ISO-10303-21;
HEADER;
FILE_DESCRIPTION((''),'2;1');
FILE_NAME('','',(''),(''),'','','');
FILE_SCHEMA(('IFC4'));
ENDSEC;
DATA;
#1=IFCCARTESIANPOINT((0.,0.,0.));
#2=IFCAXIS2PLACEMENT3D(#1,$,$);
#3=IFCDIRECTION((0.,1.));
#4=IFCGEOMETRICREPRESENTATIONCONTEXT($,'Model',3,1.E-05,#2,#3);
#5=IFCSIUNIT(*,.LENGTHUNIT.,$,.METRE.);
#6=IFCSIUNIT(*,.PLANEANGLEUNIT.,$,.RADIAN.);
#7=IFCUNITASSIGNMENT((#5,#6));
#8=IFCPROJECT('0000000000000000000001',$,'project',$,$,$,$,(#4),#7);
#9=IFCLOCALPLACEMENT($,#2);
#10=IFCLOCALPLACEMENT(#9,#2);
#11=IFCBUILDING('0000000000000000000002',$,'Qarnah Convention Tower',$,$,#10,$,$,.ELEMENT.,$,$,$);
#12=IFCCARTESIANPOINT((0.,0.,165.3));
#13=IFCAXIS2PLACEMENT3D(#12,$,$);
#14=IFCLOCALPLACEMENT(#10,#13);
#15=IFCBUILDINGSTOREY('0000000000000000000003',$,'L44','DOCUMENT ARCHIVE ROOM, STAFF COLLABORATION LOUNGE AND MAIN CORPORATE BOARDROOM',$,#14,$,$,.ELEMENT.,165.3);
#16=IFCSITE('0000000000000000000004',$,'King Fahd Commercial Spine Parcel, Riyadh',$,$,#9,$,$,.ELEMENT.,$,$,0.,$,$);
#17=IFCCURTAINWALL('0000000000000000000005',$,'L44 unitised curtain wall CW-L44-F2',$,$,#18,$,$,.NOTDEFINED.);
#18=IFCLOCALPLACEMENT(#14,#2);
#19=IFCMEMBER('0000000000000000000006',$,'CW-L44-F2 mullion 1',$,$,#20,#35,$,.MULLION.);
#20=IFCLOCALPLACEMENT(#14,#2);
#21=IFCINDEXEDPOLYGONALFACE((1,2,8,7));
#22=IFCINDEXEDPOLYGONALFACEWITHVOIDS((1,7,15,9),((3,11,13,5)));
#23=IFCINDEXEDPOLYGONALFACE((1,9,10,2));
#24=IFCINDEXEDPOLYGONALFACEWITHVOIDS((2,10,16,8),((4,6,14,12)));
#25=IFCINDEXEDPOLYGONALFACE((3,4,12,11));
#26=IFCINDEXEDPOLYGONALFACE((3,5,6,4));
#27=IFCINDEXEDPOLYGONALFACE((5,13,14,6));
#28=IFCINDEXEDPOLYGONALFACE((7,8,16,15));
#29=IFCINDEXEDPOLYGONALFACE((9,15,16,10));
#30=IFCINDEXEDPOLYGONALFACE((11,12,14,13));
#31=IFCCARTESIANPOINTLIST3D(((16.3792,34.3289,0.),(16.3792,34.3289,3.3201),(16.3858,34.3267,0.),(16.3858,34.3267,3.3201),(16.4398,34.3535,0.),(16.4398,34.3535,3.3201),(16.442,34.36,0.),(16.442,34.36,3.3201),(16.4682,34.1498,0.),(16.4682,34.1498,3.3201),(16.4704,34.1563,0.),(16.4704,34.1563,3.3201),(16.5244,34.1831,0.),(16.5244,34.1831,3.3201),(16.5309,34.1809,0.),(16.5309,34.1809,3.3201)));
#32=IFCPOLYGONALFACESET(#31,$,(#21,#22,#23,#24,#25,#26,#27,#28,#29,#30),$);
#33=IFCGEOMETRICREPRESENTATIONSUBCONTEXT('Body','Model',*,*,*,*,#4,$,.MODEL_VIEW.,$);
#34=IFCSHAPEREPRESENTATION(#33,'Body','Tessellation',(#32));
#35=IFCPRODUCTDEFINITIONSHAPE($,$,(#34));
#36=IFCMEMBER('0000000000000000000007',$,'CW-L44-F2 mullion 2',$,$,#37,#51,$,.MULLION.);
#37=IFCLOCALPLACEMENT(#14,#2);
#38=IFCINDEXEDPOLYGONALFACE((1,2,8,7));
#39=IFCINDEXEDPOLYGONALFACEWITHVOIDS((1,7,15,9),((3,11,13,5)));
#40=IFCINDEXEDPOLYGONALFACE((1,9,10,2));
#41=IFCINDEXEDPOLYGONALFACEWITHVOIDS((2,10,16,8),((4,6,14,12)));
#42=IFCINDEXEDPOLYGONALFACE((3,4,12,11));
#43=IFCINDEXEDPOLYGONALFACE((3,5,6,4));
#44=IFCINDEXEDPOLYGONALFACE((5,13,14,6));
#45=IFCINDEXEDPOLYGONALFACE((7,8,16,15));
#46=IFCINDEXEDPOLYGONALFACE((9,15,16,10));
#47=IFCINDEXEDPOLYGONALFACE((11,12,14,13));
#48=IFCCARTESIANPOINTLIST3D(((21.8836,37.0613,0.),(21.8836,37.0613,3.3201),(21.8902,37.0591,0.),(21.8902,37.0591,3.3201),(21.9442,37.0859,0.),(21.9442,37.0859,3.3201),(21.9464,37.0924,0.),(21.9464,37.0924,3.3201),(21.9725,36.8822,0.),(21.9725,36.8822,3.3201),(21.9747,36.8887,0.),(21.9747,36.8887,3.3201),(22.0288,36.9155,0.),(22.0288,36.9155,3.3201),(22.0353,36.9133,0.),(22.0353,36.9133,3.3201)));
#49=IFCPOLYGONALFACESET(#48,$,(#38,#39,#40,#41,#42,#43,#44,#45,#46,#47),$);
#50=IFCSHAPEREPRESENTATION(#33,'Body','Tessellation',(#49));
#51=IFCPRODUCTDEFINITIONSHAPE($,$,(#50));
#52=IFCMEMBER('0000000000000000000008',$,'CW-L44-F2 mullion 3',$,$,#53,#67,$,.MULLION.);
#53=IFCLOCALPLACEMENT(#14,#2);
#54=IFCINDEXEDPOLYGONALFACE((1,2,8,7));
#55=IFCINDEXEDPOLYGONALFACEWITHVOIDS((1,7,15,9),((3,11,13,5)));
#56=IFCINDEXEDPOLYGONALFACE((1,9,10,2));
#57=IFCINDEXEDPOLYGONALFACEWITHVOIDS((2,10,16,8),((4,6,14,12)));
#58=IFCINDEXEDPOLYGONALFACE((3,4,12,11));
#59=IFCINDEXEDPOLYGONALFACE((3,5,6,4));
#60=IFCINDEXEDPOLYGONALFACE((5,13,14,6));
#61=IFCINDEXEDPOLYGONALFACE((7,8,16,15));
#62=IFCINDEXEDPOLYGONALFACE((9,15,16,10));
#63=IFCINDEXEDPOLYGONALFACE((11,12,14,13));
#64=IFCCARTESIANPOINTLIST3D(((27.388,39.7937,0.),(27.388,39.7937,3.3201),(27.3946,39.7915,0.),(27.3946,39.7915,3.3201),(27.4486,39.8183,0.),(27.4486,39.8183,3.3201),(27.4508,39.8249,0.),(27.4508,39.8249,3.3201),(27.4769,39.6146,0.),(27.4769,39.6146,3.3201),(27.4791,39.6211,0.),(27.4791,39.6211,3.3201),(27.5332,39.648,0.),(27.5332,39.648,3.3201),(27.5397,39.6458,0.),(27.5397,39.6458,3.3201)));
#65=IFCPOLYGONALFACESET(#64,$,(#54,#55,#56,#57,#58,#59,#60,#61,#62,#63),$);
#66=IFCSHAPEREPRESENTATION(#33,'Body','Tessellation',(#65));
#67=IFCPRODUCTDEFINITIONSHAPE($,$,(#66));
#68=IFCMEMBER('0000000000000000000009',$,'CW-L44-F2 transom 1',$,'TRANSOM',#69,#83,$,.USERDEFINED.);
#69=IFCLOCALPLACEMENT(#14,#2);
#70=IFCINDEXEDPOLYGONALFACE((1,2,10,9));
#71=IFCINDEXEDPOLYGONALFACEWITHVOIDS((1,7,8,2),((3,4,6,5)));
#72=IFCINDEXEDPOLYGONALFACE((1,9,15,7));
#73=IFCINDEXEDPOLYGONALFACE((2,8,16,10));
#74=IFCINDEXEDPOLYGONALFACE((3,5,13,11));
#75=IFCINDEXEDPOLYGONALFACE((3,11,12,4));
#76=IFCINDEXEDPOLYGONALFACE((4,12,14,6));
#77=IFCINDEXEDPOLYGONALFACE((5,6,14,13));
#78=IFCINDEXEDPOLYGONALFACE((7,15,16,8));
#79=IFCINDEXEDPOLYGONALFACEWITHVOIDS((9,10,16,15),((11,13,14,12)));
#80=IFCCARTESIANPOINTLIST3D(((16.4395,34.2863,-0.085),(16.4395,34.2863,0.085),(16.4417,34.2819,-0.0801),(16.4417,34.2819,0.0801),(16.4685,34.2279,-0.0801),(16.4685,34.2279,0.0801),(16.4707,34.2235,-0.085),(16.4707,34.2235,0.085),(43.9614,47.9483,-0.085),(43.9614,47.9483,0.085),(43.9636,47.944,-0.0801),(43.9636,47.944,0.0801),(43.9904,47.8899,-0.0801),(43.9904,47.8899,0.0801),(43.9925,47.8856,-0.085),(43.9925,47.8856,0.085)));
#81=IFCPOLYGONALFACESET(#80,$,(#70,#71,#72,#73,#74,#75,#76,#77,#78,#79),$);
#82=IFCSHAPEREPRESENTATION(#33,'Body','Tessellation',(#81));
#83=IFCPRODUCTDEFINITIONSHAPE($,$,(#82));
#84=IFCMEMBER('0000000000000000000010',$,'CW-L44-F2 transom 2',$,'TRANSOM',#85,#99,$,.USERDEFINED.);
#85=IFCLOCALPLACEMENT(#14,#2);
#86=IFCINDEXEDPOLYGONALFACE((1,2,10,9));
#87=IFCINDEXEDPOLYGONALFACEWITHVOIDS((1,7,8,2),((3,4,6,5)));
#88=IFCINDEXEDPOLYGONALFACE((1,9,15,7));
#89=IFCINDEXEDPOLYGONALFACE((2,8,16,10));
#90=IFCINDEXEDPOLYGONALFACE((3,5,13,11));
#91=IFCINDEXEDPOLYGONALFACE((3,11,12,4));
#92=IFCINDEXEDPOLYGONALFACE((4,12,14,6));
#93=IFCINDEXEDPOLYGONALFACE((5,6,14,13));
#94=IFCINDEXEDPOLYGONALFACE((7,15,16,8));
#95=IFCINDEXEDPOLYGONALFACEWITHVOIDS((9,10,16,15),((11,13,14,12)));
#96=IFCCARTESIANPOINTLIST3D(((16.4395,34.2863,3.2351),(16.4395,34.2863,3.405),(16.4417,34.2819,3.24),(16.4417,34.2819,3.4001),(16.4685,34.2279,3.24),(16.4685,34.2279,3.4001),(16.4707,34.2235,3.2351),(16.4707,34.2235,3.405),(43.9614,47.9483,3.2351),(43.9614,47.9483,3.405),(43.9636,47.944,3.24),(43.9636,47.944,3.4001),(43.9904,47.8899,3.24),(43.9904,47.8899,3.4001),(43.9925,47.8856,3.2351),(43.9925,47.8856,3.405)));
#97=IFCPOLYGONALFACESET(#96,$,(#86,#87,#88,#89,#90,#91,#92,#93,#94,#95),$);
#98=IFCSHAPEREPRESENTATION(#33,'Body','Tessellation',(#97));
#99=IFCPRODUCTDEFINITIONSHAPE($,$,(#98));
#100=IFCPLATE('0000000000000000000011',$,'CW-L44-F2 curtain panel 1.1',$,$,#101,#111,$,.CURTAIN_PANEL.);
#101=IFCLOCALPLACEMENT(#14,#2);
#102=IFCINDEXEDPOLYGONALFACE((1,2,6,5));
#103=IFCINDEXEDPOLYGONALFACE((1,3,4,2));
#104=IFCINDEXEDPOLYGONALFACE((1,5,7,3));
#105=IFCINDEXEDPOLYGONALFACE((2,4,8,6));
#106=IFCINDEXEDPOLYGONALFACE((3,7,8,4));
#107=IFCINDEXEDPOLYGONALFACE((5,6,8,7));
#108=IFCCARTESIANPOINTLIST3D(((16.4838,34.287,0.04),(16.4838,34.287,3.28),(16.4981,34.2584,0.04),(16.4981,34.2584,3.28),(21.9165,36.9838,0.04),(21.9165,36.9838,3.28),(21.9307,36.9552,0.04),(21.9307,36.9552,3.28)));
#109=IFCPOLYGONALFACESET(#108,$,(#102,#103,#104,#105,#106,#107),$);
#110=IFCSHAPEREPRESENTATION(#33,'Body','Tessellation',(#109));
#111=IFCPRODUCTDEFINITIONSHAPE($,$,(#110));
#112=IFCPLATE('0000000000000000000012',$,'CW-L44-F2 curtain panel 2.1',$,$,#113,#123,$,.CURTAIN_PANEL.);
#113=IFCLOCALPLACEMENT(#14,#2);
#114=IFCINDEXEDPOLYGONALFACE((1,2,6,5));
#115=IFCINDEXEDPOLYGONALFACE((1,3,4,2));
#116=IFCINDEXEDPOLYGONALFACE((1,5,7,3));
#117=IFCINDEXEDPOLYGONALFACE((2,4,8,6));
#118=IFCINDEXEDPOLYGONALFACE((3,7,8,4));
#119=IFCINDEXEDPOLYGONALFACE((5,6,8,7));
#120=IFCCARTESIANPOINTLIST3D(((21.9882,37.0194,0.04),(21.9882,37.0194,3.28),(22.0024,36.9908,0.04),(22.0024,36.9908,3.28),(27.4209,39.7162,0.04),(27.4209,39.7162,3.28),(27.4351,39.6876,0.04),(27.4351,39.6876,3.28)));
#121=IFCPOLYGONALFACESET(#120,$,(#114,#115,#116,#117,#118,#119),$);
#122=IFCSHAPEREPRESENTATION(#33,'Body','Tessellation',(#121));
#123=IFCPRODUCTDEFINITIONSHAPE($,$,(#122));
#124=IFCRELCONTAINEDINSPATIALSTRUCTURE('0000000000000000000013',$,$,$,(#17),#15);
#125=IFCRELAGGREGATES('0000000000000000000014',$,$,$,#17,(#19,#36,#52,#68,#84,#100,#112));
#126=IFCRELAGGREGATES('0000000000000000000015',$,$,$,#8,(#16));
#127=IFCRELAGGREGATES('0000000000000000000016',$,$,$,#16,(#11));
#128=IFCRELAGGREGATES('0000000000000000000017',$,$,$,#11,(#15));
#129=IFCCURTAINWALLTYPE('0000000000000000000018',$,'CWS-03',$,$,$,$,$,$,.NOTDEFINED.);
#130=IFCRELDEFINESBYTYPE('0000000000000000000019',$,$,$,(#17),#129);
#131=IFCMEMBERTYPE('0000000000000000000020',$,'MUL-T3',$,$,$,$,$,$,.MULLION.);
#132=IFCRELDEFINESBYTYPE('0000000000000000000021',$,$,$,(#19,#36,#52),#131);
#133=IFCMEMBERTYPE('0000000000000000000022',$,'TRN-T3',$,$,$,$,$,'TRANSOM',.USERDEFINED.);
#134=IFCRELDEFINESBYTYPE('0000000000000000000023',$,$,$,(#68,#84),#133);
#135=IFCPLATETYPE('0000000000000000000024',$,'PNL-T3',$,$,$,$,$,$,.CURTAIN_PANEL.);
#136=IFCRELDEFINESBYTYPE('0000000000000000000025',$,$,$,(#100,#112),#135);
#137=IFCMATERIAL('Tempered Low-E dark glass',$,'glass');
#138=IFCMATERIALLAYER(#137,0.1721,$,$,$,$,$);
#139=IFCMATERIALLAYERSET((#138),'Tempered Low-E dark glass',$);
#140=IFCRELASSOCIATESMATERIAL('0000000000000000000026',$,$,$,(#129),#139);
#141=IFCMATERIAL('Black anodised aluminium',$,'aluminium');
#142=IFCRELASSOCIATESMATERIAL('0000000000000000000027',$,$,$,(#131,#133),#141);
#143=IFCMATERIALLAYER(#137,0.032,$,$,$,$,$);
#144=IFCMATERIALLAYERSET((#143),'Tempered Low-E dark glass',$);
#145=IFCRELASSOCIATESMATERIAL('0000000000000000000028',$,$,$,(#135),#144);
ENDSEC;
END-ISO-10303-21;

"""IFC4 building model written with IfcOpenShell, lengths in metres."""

from ifc_helpers import new_model, si_unit, direction, frame, origin, origin_2d, place, context, subcontext, project, spatial, rectangle, hollow_rectangle, extrude, material, layer, layer_set, material_profile, profile_set, type_object, element, aggregate, save


model = new_model("IFC4")

# Units and contexts
model_context = context("Model", 3, precision=1e-05, world=origin(), true_north=direction((0.0, 1.0)))
body_context = subcontext(model_context, "Body", "Model", "MODEL_VIEW")
ifc_project = project(units=[si_unit("LENGTHUNIT", "METRE"), si_unit("PLANEANGLEUNIT", "RADIAN")], contexts=[model_context])

# Site, building, storey
site_placement = place(None, origin())
site = spatial("IfcSite", under=ifc_project, at=site_placement, Name="King Fahd Commercial Spine Parcel, Riyadh", CompositionType="ELEMENT", RefElevation=0.0)
building_placement = place(site_placement, origin())
building = spatial("IfcBuilding", under=site, at=building_placement, Name="Qarnah Convention Tower", CompositionType="ELEMENT")
storey_placement = place(building_placement, frame((0.0, 0.0, 165.3)))
storey = spatial("IfcBuildingStorey", under=building, at=storey_placement, Name="L44", Description="DOCUMENT ARCHIVE ROOM, STAFF COLLABORATION LOUNGE AND MAIN CORPORATE BOARDROOM", CompositionType="ELEMENT", Elevation=165.3)

# Curtain wall, members, plates
ifc_material_1 = material(Name="Tempered Low-E dark glass", Category="glass")
ifc_layer_1 = layer(ifc_material_1, 0.1721)
ifc_layer_set_1 = layer_set([ifc_layer_1], Name="Tempered Low-E dark glass")
curtain_wall_type = type_object("IfcCurtainWallType", Name="CWS-03", PredefinedType="NOTDEFINED", material=ifc_layer_set_1)
curtain_wall_placement = place(storey_placement, origin())
curtain_wall = element("IfcCurtainWall", 1, at=curtain_wall_placement, inside=storey, type_object=curtain_wall_type, Name="L44 unitised curtain wall CW-L44-F2", PredefinedType="NOTDEFINED")
ifc_material_2 = material(Name="Black anodised aluminium", Category="aluminium")
ifc_material_profile_1 = material_profile(ifc_material_2, hollow_rectangle(XDim=0.0701, YDim=0.2, WallThickness=0.0049, at=origin_2d()), Name="MUL-70X200")
ifc_profile_set_1 = profile_set([ifc_material_profile_1], Name="Black anodised aluminium")
member_type_1 = type_object("IfcMemberType", Name="MUL-T3", PredefinedType="MULLION", material=ifc_profile_set_1)
member_1_placement = place(storey_placement, frame((16.4551, 34.2549, 0.0), z_axis=(0.0, 0.0, 1.0), x_axis=(0.895712, 0.444634, 0.0)))
member_1 = element("IfcMember", 2, at=member_1_placement, type_object=member_type_1, Name="CW-L44-F2 mullion 1", PredefinedType="MULLION", context=body_context, shape_type="SweptSolid", body=[
    extrude(hollow_rectangle(XDim=0.0701, YDim=0.2, WallThickness=0.0049, at=origin_2d()), origin(), (0.0, 0.0, 1.0), 3.3201),
])
member_2_placement = place(storey_placement, frame((21.9595, 36.9873, 0.0), z_axis=(0.0, 0.0, 1.0), x_axis=(0.895712, 0.444634, 0.0)))
member_2 = element("IfcMember", 3, at=member_2_placement, type_object=member_type_1, Name="CW-L44-F2 mullion 2", PredefinedType="MULLION", context=body_context, shape_type="SweptSolid", body=[
    extrude(hollow_rectangle(XDim=0.0701, YDim=0.2, WallThickness=0.0049, at=origin_2d()), origin(), (0.0, 0.0, 1.0), 3.3201),
])
member_3_placement = place(storey_placement, frame((27.4639, 39.7197, 0.0), z_axis=(0.0, 0.0, 1.0), x_axis=(0.895712, 0.444634, 0.0)))
member_3 = element("IfcMember", 4, at=member_3_placement, type_object=member_type_1, Name="CW-L44-F2 mullion 3", PredefinedType="MULLION", context=body_context, shape_type="SweptSolid", body=[
    extrude(hollow_rectangle(XDim=0.0701, YDim=0.2, WallThickness=0.0049, at=origin_2d()), origin(), (0.0, 0.0, 1.0), 3.3201),
])
ifc_material_profile_2 = material_profile(ifc_material_2, hollow_rectangle(XDim=0.0701, YDim=0.1699, WallThickness=0.0049, at=origin_2d()), Name="TRN-70X170")
ifc_profile_set_2 = profile_set([ifc_material_profile_2], Name="Black anodised aluminium")
member_type_2 = type_object("IfcMemberType", Name="TRN-T3", ElementType="TRANSOM", PredefinedType="USERDEFINED", material=ifc_profile_set_2)
member_4_placement = place(storey_placement, frame((16.4551, 34.2549, 0.0), z_axis=(0.895711, 0.444637, 0.0), x_axis=(-0.444637, 0.895711, 0.0)))
member_4 = element("IfcMember", 5, at=member_4_placement, type_object=member_type_2, Name="CW-L44-F2 transom 1", ObjectType="TRANSOM", PredefinedType="USERDEFINED", context=body_context, shape_type="SweptSolid", body=[
    extrude(hollow_rectangle(XDim=0.0701, YDim=0.1699, WallThickness=0.0049, at=origin_2d()), origin(), (0.0, 0.0, 1.0), 30.7263),
])
member_5_placement = place(storey_placement, frame((16.4551, 34.2549, 3.3201), z_axis=(0.895711, 0.444637, 0.0), x_axis=(-0.444637, 0.895711, 0.0)))
member_5 = element("IfcMember", 6, at=member_5_placement, type_object=member_type_2, Name="CW-L44-F2 transom 2", ObjectType="TRANSOM", PredefinedType="USERDEFINED", context=body_context, shape_type="SweptSolid", body=[
    extrude(hollow_rectangle(XDim=0.0701, YDim=0.1699, WallThickness=0.0049, at=origin_2d()), origin(), (0.0, 0.0, 1.0), 30.7263),
])
ifc_layer_2 = layer(ifc_material_1, 0.032)
ifc_layer_set_2 = layer_set([ifc_layer_2], Name="Tempered Low-E dark glass")
plate_type = type_object("IfcPlateType", Name="PNL-T3", PredefinedType="CURTAIN_PANEL", material=ifc_layer_set_2)
plate_1_placement = place(storey_placement, frame((19.2073, 35.6211, 0.04), z_axis=(0.0, 0.0, 1.0), x_axis=(0.895712, 0.444634, 0.0)))
plate_1 = element("IfcPlate", 7, at=plate_1_placement, type_object=plate_type, Name="CW-L44-F2 curtain panel 1.1", PredefinedType="CURTAIN_PANEL", context=body_context, shape_type="SweptSolid", body=[
    extrude(rectangle(XDim=6.0652, YDim=0.032, at=origin_2d()), origin(), (0.0, 0.0, 1.0), 3.24),
])
plate_2_placement = place(storey_placement, frame((24.7117, 38.3535, 0.04), z_axis=(0.0, 0.0, 1.0), x_axis=(0.895712, 0.444634, 0.0)))
plate_2 = element("IfcPlate", 8, at=plate_2_placement, type_object=plate_type, Name="CW-L44-F2 curtain panel 2.1", PredefinedType="CURTAIN_PANEL", context=body_context, shape_type="SweptSolid", body=[
    extrude(rectangle(XDim=6.0652, YDim=0.032, at=origin_2d()), origin(), (0.0, 0.0, 1.0), 3.24),
])
aggregate(curtain_wall, [member_1, member_2, member_3, member_4, member_5, plate_1, plate_2])

save(model, "model.ifc")
